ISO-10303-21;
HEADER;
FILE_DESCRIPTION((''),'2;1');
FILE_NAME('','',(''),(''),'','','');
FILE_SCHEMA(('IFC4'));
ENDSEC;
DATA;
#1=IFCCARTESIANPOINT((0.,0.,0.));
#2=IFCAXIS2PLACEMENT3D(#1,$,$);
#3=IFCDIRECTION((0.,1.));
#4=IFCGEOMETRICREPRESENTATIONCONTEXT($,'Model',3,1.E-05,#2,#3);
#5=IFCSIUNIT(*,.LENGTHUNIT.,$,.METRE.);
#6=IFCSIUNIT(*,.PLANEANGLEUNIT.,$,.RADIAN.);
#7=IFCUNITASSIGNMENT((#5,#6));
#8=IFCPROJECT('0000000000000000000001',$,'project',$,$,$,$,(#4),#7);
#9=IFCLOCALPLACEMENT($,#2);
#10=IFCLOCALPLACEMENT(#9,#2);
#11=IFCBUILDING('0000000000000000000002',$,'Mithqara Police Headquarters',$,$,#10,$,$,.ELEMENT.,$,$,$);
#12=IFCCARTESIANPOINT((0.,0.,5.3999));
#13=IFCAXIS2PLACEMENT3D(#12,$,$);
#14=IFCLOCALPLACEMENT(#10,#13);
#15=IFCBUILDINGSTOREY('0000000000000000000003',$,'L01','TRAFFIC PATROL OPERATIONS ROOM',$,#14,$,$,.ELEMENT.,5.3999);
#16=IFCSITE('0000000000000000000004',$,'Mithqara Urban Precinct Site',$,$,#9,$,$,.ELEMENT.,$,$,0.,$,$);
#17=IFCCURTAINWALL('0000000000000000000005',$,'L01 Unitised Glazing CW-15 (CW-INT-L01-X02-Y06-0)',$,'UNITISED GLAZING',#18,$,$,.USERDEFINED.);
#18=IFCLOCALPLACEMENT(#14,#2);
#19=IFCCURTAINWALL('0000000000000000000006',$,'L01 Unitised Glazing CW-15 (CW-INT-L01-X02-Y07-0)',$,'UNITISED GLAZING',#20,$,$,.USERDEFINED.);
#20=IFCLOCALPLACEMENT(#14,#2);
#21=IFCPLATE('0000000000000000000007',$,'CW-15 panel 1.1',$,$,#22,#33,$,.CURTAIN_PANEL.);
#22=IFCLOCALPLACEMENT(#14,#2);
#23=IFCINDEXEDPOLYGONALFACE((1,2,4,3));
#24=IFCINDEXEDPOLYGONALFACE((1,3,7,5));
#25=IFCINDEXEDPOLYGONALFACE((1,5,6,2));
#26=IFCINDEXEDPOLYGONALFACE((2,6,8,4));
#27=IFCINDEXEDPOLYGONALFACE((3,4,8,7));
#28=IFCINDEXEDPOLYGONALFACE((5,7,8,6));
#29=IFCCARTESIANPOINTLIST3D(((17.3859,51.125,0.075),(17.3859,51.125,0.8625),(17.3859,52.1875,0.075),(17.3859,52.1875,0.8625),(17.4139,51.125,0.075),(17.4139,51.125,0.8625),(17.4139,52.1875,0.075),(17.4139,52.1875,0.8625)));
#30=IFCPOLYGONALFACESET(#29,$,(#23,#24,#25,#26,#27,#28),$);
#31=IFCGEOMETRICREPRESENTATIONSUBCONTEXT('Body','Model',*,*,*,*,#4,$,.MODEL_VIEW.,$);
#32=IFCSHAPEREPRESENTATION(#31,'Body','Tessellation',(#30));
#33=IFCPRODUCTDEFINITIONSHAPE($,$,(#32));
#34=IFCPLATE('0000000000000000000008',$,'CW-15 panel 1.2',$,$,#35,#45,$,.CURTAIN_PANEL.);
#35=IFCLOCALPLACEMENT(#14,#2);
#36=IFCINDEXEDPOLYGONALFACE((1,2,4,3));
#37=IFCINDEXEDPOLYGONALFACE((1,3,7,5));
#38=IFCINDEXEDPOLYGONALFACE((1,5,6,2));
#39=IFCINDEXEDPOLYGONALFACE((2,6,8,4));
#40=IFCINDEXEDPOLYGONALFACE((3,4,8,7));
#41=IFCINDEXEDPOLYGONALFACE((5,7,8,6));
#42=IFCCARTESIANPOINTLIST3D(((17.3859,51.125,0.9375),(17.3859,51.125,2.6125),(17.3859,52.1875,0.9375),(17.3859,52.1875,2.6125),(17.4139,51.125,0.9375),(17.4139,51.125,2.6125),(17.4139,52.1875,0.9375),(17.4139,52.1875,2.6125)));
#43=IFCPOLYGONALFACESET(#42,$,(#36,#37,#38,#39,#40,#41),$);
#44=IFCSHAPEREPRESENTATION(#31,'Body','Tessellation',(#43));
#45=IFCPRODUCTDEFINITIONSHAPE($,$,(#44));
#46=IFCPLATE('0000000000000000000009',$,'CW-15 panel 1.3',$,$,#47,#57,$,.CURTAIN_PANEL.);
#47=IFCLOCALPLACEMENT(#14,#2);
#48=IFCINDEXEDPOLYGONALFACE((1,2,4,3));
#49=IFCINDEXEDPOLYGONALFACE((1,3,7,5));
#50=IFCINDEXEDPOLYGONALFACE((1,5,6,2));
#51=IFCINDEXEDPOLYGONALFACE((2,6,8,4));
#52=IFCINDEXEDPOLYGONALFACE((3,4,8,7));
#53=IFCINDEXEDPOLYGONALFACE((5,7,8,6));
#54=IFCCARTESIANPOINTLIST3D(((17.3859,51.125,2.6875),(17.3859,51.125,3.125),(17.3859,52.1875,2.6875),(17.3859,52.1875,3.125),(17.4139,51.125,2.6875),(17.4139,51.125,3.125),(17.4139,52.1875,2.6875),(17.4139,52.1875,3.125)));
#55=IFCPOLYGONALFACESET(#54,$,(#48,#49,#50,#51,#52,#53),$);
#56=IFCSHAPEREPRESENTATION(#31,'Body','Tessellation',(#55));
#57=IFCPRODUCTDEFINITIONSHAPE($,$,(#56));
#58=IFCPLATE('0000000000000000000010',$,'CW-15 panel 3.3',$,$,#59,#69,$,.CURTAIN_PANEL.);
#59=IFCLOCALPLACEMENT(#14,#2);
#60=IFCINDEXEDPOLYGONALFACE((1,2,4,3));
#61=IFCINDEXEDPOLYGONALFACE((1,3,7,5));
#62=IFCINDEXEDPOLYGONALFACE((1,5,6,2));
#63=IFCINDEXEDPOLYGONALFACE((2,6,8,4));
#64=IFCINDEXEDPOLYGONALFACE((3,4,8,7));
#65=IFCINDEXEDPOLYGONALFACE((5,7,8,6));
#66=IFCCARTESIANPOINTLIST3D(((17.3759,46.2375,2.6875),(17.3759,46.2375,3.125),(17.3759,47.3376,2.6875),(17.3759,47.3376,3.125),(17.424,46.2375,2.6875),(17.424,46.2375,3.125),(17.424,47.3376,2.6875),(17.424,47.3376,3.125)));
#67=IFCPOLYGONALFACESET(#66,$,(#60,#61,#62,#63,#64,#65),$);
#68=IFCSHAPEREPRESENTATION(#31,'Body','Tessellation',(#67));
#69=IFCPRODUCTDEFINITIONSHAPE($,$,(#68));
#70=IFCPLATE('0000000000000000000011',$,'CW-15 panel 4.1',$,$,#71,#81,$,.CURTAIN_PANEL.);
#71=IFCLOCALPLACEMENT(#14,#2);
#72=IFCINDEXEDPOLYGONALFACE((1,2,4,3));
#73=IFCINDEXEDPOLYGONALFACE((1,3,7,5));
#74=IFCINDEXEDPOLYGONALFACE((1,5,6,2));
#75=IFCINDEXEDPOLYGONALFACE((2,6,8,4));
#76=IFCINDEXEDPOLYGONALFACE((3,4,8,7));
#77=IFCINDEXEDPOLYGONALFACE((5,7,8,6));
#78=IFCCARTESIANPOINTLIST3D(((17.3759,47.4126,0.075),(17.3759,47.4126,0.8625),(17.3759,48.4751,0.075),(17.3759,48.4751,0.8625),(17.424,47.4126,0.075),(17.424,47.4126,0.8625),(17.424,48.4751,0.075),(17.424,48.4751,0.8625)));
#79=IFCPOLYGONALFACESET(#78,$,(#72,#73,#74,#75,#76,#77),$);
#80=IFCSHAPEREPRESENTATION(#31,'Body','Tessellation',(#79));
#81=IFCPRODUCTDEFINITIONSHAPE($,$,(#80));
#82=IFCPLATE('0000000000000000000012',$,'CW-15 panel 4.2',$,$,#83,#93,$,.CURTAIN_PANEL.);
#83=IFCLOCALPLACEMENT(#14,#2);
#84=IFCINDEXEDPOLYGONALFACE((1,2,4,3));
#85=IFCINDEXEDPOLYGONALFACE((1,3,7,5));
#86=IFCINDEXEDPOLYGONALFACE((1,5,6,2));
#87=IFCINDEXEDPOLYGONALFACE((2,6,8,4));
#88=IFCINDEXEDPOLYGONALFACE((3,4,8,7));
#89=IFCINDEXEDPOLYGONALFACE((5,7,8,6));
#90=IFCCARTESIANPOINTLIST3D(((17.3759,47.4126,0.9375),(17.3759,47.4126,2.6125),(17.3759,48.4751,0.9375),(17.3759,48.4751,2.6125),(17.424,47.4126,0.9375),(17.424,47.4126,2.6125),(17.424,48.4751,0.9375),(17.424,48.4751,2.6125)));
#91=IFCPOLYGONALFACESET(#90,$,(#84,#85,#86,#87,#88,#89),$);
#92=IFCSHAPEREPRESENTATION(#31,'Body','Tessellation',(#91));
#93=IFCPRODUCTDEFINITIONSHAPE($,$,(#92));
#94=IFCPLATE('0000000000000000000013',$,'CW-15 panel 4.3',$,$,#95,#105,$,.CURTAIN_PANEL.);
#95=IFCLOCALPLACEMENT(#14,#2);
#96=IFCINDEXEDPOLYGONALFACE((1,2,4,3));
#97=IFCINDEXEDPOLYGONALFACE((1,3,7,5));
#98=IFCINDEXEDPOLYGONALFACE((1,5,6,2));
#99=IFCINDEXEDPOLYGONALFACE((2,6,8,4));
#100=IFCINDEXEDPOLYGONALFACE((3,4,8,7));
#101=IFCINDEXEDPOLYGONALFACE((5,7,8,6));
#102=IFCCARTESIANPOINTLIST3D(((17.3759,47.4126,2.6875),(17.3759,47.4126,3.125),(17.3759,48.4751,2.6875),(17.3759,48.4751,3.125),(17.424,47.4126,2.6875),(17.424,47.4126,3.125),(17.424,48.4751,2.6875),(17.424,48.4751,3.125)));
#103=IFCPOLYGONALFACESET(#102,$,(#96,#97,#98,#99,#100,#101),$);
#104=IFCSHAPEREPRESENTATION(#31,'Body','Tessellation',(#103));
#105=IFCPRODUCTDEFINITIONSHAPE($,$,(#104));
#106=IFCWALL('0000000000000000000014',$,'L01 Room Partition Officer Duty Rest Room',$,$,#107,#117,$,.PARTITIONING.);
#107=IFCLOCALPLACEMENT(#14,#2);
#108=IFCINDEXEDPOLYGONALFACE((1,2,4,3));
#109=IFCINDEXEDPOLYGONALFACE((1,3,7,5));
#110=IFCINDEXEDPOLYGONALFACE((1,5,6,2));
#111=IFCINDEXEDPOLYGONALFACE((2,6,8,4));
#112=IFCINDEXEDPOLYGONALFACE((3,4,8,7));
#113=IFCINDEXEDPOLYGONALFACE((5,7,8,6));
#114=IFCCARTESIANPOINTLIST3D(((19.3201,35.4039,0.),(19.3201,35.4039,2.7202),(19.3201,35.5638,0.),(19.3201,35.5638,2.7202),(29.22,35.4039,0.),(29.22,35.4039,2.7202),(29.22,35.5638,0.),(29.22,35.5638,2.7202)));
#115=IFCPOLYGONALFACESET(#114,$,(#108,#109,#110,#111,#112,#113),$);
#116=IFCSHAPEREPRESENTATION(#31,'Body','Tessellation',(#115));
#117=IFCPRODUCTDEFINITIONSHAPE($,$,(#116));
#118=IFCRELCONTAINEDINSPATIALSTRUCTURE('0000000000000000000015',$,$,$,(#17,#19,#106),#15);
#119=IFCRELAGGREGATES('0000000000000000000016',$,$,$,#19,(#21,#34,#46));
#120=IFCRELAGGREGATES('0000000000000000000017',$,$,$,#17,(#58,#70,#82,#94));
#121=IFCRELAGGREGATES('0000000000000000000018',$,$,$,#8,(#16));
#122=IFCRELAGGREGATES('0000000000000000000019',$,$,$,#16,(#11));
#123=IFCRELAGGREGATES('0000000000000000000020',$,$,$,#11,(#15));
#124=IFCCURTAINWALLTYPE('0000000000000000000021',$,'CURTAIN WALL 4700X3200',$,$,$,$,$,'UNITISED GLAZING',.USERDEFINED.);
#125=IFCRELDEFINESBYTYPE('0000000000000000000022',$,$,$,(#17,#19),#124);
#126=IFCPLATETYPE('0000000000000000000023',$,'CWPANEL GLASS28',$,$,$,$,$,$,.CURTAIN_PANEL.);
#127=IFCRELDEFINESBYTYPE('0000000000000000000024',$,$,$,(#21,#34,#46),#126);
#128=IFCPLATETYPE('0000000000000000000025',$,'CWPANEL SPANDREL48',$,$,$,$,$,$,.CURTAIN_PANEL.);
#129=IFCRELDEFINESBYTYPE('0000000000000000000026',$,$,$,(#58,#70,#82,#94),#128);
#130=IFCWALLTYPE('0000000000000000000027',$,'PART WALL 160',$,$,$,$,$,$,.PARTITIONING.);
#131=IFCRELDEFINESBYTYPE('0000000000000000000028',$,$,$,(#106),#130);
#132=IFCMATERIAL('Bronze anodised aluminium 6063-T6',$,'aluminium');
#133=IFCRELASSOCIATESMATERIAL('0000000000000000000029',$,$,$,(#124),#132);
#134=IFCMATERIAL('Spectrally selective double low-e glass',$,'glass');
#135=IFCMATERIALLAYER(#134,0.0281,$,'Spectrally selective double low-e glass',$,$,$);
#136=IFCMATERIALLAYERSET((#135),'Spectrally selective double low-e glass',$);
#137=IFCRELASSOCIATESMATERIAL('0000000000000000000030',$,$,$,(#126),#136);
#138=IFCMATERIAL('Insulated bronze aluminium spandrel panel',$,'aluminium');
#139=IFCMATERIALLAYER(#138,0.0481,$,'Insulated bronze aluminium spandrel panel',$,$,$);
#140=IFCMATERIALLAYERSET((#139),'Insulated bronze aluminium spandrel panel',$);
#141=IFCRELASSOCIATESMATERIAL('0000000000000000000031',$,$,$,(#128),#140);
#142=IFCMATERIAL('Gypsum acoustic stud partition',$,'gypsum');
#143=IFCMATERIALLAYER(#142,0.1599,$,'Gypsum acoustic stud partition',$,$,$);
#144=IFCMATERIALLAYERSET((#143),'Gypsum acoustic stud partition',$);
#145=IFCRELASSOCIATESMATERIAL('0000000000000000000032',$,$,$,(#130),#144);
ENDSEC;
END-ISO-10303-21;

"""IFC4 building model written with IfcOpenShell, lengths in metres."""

from ifc_helpers import new_model, si_unit, direction, frame, frame_2d, origin, origin_2d, place, context, subcontext, project, spatial, rectangle, extrude, material, layer, layer_set, type_object, element, aggregate, save


model = new_model("IFC4")

# Units and contexts
model_context = context("Model", 3, precision=1e-05, world=origin(), true_north=direction((0.0, 1.0)))
body_context = subcontext(model_context, "Body", "Model", "MODEL_VIEW")
ifc_project = project(units=[si_unit("LENGTHUNIT", "METRE"), si_unit("PLANEANGLEUNIT", "RADIAN")], contexts=[model_context])

# Site, building, storey
site_placement = place(None, origin())
site = spatial("IfcSite", under=ifc_project, at=site_placement, Name="Mithqara Urban Precinct Site", CompositionType="ELEMENT", RefElevation=0.0)
building_placement = place(site_placement, origin())
building = spatial("IfcBuilding", under=site, at=building_placement, Name="Mithqara Police Headquarters", CompositionType="ELEMENT")
storey_placement = place(building_placement, frame((0.0, 0.0, 5.3999)))
storey = spatial("IfcBuildingStorey", under=building, at=storey_placement, Name="L01", Description="TRAFFIC PATROL OPERATIONS ROOM", CompositionType="ELEMENT", Elevation=5.3999)

# Curtain walls
ifc_material_1 = material(Name="Bronze anodised aluminium 6063-T6", Category="aluminium")
curtain_wall_type = type_object("IfcCurtainWallType", Name="CURTAIN WALL 4700X3200", ElementType="UNITISED GLAZING", PredefinedType="USERDEFINED", material=ifc_material_1)
curtain_wall_1_placement = place(storey_placement, origin())
curtain_wall_1 = element("IfcCurtainWall", 1, at=curtain_wall_1_placement, inside=storey, type_object=curtain_wall_type, Name="L01 Unitised Glazing CW-15 (CW-INT-L01-X02-Y06-0)", ObjectType="UNITISED GLAZING", PredefinedType="USERDEFINED")
curtain_wall_2_placement = place(storey_placement, origin())
curtain_wall_2 = element("IfcCurtainWall", 2, at=curtain_wall_2_placement, inside=storey, type_object=curtain_wall_type, Name="L01 Unitised Glazing CW-15 (CW-INT-L01-X02-Y07-0)", ObjectType="UNITISED GLAZING", PredefinedType="USERDEFINED")

# Plates
ifc_material_2 = material(Name="Spectrally selective double low-e glass", Category="glass")
ifc_layer_1 = layer(ifc_material_2, 0.0281, Name="Spectrally selective double low-e glass")
ifc_layer_set_1 = layer_set([ifc_layer_1], Name="Spectrally selective double low-e glass")
plate_type_1 = type_object("IfcPlateType", Name="CWPANEL GLASS28", PredefinedType="CURTAIN_PANEL", material=ifc_layer_set_1)
plate_1_placement = place(storey_placement, frame((17.3999, 51.6562, 0.075), z_axis=(0.0, 0.0, 1.0), x_axis=(0.0, 1.0, 0.0)))
plate_1 = element("IfcPlate", 3, at=plate_1_placement, type_object=plate_type_1, Name="CW-15 panel 1.1", PredefinedType="CURTAIN_PANEL", context=body_context, shape_type="SweptSolid", body=[
    extrude(rectangle(XDim=1.0625, YDim=0.0281, at=origin_2d()), origin(), (0.0, 0.0, 1.0), 0.7876),
])
plate_2_placement = place(storey_placement, frame((17.3999, 51.6562, 0.9375), z_axis=(0.0, 0.0, 1.0), x_axis=(0.0, 1.0, 0.0)))
plate_2 = element("IfcPlate", 4, at=plate_2_placement, type_object=plate_type_1, Name="CW-15 panel 1.2", PredefinedType="CURTAIN_PANEL", context=body_context, shape_type="SweptSolid", body=[
    extrude(rectangle(XDim=1.0625, YDim=0.0281, at=origin_2d()), origin(), (0.0, 0.0, 1.0), 1.675),
])
plate_3_placement = place(storey_placement, frame((17.3999, 51.6562, 2.6875), z_axis=(0.0, 0.0, 1.0), x_axis=(0.0, 1.0, 0.0)))
plate_3 = element("IfcPlate", 5, at=plate_3_placement, type_object=plate_type_1, Name="CW-15 panel 1.3", PredefinedType="CURTAIN_PANEL", context=body_context, shape_type="SweptSolid", body=[
    extrude(rectangle(XDim=1.0625, YDim=0.0281, at=origin_2d()), origin(), (0.0, 0.0, 1.0), 0.4375),
])
aggregate(curtain_wall_2, [plate_1, plate_2, plate_3])
ifc_material_3 = material(Name="Insulated bronze aluminium spandrel panel", Category="aluminium")
ifc_layer_2 = layer(ifc_material_3, 0.0481, Name="Insulated bronze aluminium spandrel panel")
ifc_layer_set_2 = layer_set([ifc_layer_2], Name="Insulated bronze aluminium spandrel panel")
plate_type_2 = type_object("IfcPlateType", Name="CWPANEL SPANDREL48", PredefinedType="CURTAIN_PANEL", material=ifc_layer_set_2)
plate_4_placement = place(storey_placement, frame((17.3999, 46.7876, 2.6875), z_axis=(0.0, 0.0, 1.0), x_axis=(0.0, 1.0, 0.0)))
plate_4 = element("IfcPlate", 6, at=plate_4_placement, type_object=plate_type_2, Name="CW-15 panel 3.3", PredefinedType="CURTAIN_PANEL", context=body_context, shape_type="SweptSolid", body=[
    extrude(rectangle(XDim=1.1001, YDim=0.0481, at=origin_2d()), origin(), (0.0, 0.0, 1.0), 0.4375),
])
plate_5_placement = place(storey_placement, frame((17.3999, 47.9438, 0.075), z_axis=(0.0, 0.0, 1.0), x_axis=(0.0, 1.0, 0.0)))
plate_5 = element("IfcPlate", 7, at=plate_5_placement, type_object=plate_type_2, Name="CW-15 panel 4.1", PredefinedType="CURTAIN_PANEL", context=body_context, shape_type="SweptSolid", body=[
    extrude(rectangle(XDim=1.0625, YDim=0.0481, at=origin_2d()), origin(), (0.0, 0.0, 1.0), 0.7876),
])
plate_6_placement = place(storey_placement, frame((17.3999, 47.9438, 0.9375), z_axis=(0.0, 0.0, 1.0), x_axis=(0.0, 1.0, 0.0)))
plate_6 = element("IfcPlate", 8, at=plate_6_placement, type_object=plate_type_2, Name="CW-15 panel 4.2", PredefinedType="CURTAIN_PANEL", context=body_context, shape_type="SweptSolid", body=[
    extrude(rectangle(XDim=1.0625, YDim=0.0481, at=origin_2d()), origin(), (0.0, 0.0, 1.0), 1.675),
])
plate_7_placement = place(storey_placement, frame((17.3999, 47.9438, 2.6875), z_axis=(0.0, 0.0, 1.0), x_axis=(0.0, 1.0, 0.0)))
plate_7 = element("IfcPlate", 9, at=plate_7_placement, type_object=plate_type_2, Name="CW-15 panel 4.3", PredefinedType="CURTAIN_PANEL", context=body_context, shape_type="SweptSolid", body=[
    extrude(rectangle(XDim=1.0625, YDim=0.0481, at=origin_2d()), origin(), (0.0, 0.0, 1.0), 0.4375),
])
aggregate(curtain_wall_1, [plate_4, plate_5, plate_6, plate_7])

# Wall
ifc_material_4 = material(Name="Gypsum acoustic stud partition", Category="gypsum")
ifc_layer_3 = layer(ifc_material_4, 0.1599, Name="Gypsum acoustic stud partition")
ifc_layer_set_3 = layer_set([ifc_layer_3], Name="Gypsum acoustic stud partition")
wall_type = type_object("IfcWallType", Name="PART WALL 160", PredefinedType="PARTITIONING", material=ifc_layer_set_3)
wall_placement = place(storey_placement, frame((19.3201, 35.4839, 0.0), z_axis=(0.0, 0.0, 1.0), x_axis=(1.0, 0.0, 0.0)))
element("IfcWall", 10, at=wall_placement, inside=storey, type_object=wall_type, Name="L01 Room Partition Officer Duty Rest Room", PredefinedType="PARTITIONING", context=body_context, shape_type="SweptSolid", body=[
    extrude(rectangle(XDim=9.8999, YDim=0.1599, at=frame_2d((4.95, 0.0))), origin(), (0.0, 0.0, 1.0), 2.7202),
])

save(model, "model.ifc")
